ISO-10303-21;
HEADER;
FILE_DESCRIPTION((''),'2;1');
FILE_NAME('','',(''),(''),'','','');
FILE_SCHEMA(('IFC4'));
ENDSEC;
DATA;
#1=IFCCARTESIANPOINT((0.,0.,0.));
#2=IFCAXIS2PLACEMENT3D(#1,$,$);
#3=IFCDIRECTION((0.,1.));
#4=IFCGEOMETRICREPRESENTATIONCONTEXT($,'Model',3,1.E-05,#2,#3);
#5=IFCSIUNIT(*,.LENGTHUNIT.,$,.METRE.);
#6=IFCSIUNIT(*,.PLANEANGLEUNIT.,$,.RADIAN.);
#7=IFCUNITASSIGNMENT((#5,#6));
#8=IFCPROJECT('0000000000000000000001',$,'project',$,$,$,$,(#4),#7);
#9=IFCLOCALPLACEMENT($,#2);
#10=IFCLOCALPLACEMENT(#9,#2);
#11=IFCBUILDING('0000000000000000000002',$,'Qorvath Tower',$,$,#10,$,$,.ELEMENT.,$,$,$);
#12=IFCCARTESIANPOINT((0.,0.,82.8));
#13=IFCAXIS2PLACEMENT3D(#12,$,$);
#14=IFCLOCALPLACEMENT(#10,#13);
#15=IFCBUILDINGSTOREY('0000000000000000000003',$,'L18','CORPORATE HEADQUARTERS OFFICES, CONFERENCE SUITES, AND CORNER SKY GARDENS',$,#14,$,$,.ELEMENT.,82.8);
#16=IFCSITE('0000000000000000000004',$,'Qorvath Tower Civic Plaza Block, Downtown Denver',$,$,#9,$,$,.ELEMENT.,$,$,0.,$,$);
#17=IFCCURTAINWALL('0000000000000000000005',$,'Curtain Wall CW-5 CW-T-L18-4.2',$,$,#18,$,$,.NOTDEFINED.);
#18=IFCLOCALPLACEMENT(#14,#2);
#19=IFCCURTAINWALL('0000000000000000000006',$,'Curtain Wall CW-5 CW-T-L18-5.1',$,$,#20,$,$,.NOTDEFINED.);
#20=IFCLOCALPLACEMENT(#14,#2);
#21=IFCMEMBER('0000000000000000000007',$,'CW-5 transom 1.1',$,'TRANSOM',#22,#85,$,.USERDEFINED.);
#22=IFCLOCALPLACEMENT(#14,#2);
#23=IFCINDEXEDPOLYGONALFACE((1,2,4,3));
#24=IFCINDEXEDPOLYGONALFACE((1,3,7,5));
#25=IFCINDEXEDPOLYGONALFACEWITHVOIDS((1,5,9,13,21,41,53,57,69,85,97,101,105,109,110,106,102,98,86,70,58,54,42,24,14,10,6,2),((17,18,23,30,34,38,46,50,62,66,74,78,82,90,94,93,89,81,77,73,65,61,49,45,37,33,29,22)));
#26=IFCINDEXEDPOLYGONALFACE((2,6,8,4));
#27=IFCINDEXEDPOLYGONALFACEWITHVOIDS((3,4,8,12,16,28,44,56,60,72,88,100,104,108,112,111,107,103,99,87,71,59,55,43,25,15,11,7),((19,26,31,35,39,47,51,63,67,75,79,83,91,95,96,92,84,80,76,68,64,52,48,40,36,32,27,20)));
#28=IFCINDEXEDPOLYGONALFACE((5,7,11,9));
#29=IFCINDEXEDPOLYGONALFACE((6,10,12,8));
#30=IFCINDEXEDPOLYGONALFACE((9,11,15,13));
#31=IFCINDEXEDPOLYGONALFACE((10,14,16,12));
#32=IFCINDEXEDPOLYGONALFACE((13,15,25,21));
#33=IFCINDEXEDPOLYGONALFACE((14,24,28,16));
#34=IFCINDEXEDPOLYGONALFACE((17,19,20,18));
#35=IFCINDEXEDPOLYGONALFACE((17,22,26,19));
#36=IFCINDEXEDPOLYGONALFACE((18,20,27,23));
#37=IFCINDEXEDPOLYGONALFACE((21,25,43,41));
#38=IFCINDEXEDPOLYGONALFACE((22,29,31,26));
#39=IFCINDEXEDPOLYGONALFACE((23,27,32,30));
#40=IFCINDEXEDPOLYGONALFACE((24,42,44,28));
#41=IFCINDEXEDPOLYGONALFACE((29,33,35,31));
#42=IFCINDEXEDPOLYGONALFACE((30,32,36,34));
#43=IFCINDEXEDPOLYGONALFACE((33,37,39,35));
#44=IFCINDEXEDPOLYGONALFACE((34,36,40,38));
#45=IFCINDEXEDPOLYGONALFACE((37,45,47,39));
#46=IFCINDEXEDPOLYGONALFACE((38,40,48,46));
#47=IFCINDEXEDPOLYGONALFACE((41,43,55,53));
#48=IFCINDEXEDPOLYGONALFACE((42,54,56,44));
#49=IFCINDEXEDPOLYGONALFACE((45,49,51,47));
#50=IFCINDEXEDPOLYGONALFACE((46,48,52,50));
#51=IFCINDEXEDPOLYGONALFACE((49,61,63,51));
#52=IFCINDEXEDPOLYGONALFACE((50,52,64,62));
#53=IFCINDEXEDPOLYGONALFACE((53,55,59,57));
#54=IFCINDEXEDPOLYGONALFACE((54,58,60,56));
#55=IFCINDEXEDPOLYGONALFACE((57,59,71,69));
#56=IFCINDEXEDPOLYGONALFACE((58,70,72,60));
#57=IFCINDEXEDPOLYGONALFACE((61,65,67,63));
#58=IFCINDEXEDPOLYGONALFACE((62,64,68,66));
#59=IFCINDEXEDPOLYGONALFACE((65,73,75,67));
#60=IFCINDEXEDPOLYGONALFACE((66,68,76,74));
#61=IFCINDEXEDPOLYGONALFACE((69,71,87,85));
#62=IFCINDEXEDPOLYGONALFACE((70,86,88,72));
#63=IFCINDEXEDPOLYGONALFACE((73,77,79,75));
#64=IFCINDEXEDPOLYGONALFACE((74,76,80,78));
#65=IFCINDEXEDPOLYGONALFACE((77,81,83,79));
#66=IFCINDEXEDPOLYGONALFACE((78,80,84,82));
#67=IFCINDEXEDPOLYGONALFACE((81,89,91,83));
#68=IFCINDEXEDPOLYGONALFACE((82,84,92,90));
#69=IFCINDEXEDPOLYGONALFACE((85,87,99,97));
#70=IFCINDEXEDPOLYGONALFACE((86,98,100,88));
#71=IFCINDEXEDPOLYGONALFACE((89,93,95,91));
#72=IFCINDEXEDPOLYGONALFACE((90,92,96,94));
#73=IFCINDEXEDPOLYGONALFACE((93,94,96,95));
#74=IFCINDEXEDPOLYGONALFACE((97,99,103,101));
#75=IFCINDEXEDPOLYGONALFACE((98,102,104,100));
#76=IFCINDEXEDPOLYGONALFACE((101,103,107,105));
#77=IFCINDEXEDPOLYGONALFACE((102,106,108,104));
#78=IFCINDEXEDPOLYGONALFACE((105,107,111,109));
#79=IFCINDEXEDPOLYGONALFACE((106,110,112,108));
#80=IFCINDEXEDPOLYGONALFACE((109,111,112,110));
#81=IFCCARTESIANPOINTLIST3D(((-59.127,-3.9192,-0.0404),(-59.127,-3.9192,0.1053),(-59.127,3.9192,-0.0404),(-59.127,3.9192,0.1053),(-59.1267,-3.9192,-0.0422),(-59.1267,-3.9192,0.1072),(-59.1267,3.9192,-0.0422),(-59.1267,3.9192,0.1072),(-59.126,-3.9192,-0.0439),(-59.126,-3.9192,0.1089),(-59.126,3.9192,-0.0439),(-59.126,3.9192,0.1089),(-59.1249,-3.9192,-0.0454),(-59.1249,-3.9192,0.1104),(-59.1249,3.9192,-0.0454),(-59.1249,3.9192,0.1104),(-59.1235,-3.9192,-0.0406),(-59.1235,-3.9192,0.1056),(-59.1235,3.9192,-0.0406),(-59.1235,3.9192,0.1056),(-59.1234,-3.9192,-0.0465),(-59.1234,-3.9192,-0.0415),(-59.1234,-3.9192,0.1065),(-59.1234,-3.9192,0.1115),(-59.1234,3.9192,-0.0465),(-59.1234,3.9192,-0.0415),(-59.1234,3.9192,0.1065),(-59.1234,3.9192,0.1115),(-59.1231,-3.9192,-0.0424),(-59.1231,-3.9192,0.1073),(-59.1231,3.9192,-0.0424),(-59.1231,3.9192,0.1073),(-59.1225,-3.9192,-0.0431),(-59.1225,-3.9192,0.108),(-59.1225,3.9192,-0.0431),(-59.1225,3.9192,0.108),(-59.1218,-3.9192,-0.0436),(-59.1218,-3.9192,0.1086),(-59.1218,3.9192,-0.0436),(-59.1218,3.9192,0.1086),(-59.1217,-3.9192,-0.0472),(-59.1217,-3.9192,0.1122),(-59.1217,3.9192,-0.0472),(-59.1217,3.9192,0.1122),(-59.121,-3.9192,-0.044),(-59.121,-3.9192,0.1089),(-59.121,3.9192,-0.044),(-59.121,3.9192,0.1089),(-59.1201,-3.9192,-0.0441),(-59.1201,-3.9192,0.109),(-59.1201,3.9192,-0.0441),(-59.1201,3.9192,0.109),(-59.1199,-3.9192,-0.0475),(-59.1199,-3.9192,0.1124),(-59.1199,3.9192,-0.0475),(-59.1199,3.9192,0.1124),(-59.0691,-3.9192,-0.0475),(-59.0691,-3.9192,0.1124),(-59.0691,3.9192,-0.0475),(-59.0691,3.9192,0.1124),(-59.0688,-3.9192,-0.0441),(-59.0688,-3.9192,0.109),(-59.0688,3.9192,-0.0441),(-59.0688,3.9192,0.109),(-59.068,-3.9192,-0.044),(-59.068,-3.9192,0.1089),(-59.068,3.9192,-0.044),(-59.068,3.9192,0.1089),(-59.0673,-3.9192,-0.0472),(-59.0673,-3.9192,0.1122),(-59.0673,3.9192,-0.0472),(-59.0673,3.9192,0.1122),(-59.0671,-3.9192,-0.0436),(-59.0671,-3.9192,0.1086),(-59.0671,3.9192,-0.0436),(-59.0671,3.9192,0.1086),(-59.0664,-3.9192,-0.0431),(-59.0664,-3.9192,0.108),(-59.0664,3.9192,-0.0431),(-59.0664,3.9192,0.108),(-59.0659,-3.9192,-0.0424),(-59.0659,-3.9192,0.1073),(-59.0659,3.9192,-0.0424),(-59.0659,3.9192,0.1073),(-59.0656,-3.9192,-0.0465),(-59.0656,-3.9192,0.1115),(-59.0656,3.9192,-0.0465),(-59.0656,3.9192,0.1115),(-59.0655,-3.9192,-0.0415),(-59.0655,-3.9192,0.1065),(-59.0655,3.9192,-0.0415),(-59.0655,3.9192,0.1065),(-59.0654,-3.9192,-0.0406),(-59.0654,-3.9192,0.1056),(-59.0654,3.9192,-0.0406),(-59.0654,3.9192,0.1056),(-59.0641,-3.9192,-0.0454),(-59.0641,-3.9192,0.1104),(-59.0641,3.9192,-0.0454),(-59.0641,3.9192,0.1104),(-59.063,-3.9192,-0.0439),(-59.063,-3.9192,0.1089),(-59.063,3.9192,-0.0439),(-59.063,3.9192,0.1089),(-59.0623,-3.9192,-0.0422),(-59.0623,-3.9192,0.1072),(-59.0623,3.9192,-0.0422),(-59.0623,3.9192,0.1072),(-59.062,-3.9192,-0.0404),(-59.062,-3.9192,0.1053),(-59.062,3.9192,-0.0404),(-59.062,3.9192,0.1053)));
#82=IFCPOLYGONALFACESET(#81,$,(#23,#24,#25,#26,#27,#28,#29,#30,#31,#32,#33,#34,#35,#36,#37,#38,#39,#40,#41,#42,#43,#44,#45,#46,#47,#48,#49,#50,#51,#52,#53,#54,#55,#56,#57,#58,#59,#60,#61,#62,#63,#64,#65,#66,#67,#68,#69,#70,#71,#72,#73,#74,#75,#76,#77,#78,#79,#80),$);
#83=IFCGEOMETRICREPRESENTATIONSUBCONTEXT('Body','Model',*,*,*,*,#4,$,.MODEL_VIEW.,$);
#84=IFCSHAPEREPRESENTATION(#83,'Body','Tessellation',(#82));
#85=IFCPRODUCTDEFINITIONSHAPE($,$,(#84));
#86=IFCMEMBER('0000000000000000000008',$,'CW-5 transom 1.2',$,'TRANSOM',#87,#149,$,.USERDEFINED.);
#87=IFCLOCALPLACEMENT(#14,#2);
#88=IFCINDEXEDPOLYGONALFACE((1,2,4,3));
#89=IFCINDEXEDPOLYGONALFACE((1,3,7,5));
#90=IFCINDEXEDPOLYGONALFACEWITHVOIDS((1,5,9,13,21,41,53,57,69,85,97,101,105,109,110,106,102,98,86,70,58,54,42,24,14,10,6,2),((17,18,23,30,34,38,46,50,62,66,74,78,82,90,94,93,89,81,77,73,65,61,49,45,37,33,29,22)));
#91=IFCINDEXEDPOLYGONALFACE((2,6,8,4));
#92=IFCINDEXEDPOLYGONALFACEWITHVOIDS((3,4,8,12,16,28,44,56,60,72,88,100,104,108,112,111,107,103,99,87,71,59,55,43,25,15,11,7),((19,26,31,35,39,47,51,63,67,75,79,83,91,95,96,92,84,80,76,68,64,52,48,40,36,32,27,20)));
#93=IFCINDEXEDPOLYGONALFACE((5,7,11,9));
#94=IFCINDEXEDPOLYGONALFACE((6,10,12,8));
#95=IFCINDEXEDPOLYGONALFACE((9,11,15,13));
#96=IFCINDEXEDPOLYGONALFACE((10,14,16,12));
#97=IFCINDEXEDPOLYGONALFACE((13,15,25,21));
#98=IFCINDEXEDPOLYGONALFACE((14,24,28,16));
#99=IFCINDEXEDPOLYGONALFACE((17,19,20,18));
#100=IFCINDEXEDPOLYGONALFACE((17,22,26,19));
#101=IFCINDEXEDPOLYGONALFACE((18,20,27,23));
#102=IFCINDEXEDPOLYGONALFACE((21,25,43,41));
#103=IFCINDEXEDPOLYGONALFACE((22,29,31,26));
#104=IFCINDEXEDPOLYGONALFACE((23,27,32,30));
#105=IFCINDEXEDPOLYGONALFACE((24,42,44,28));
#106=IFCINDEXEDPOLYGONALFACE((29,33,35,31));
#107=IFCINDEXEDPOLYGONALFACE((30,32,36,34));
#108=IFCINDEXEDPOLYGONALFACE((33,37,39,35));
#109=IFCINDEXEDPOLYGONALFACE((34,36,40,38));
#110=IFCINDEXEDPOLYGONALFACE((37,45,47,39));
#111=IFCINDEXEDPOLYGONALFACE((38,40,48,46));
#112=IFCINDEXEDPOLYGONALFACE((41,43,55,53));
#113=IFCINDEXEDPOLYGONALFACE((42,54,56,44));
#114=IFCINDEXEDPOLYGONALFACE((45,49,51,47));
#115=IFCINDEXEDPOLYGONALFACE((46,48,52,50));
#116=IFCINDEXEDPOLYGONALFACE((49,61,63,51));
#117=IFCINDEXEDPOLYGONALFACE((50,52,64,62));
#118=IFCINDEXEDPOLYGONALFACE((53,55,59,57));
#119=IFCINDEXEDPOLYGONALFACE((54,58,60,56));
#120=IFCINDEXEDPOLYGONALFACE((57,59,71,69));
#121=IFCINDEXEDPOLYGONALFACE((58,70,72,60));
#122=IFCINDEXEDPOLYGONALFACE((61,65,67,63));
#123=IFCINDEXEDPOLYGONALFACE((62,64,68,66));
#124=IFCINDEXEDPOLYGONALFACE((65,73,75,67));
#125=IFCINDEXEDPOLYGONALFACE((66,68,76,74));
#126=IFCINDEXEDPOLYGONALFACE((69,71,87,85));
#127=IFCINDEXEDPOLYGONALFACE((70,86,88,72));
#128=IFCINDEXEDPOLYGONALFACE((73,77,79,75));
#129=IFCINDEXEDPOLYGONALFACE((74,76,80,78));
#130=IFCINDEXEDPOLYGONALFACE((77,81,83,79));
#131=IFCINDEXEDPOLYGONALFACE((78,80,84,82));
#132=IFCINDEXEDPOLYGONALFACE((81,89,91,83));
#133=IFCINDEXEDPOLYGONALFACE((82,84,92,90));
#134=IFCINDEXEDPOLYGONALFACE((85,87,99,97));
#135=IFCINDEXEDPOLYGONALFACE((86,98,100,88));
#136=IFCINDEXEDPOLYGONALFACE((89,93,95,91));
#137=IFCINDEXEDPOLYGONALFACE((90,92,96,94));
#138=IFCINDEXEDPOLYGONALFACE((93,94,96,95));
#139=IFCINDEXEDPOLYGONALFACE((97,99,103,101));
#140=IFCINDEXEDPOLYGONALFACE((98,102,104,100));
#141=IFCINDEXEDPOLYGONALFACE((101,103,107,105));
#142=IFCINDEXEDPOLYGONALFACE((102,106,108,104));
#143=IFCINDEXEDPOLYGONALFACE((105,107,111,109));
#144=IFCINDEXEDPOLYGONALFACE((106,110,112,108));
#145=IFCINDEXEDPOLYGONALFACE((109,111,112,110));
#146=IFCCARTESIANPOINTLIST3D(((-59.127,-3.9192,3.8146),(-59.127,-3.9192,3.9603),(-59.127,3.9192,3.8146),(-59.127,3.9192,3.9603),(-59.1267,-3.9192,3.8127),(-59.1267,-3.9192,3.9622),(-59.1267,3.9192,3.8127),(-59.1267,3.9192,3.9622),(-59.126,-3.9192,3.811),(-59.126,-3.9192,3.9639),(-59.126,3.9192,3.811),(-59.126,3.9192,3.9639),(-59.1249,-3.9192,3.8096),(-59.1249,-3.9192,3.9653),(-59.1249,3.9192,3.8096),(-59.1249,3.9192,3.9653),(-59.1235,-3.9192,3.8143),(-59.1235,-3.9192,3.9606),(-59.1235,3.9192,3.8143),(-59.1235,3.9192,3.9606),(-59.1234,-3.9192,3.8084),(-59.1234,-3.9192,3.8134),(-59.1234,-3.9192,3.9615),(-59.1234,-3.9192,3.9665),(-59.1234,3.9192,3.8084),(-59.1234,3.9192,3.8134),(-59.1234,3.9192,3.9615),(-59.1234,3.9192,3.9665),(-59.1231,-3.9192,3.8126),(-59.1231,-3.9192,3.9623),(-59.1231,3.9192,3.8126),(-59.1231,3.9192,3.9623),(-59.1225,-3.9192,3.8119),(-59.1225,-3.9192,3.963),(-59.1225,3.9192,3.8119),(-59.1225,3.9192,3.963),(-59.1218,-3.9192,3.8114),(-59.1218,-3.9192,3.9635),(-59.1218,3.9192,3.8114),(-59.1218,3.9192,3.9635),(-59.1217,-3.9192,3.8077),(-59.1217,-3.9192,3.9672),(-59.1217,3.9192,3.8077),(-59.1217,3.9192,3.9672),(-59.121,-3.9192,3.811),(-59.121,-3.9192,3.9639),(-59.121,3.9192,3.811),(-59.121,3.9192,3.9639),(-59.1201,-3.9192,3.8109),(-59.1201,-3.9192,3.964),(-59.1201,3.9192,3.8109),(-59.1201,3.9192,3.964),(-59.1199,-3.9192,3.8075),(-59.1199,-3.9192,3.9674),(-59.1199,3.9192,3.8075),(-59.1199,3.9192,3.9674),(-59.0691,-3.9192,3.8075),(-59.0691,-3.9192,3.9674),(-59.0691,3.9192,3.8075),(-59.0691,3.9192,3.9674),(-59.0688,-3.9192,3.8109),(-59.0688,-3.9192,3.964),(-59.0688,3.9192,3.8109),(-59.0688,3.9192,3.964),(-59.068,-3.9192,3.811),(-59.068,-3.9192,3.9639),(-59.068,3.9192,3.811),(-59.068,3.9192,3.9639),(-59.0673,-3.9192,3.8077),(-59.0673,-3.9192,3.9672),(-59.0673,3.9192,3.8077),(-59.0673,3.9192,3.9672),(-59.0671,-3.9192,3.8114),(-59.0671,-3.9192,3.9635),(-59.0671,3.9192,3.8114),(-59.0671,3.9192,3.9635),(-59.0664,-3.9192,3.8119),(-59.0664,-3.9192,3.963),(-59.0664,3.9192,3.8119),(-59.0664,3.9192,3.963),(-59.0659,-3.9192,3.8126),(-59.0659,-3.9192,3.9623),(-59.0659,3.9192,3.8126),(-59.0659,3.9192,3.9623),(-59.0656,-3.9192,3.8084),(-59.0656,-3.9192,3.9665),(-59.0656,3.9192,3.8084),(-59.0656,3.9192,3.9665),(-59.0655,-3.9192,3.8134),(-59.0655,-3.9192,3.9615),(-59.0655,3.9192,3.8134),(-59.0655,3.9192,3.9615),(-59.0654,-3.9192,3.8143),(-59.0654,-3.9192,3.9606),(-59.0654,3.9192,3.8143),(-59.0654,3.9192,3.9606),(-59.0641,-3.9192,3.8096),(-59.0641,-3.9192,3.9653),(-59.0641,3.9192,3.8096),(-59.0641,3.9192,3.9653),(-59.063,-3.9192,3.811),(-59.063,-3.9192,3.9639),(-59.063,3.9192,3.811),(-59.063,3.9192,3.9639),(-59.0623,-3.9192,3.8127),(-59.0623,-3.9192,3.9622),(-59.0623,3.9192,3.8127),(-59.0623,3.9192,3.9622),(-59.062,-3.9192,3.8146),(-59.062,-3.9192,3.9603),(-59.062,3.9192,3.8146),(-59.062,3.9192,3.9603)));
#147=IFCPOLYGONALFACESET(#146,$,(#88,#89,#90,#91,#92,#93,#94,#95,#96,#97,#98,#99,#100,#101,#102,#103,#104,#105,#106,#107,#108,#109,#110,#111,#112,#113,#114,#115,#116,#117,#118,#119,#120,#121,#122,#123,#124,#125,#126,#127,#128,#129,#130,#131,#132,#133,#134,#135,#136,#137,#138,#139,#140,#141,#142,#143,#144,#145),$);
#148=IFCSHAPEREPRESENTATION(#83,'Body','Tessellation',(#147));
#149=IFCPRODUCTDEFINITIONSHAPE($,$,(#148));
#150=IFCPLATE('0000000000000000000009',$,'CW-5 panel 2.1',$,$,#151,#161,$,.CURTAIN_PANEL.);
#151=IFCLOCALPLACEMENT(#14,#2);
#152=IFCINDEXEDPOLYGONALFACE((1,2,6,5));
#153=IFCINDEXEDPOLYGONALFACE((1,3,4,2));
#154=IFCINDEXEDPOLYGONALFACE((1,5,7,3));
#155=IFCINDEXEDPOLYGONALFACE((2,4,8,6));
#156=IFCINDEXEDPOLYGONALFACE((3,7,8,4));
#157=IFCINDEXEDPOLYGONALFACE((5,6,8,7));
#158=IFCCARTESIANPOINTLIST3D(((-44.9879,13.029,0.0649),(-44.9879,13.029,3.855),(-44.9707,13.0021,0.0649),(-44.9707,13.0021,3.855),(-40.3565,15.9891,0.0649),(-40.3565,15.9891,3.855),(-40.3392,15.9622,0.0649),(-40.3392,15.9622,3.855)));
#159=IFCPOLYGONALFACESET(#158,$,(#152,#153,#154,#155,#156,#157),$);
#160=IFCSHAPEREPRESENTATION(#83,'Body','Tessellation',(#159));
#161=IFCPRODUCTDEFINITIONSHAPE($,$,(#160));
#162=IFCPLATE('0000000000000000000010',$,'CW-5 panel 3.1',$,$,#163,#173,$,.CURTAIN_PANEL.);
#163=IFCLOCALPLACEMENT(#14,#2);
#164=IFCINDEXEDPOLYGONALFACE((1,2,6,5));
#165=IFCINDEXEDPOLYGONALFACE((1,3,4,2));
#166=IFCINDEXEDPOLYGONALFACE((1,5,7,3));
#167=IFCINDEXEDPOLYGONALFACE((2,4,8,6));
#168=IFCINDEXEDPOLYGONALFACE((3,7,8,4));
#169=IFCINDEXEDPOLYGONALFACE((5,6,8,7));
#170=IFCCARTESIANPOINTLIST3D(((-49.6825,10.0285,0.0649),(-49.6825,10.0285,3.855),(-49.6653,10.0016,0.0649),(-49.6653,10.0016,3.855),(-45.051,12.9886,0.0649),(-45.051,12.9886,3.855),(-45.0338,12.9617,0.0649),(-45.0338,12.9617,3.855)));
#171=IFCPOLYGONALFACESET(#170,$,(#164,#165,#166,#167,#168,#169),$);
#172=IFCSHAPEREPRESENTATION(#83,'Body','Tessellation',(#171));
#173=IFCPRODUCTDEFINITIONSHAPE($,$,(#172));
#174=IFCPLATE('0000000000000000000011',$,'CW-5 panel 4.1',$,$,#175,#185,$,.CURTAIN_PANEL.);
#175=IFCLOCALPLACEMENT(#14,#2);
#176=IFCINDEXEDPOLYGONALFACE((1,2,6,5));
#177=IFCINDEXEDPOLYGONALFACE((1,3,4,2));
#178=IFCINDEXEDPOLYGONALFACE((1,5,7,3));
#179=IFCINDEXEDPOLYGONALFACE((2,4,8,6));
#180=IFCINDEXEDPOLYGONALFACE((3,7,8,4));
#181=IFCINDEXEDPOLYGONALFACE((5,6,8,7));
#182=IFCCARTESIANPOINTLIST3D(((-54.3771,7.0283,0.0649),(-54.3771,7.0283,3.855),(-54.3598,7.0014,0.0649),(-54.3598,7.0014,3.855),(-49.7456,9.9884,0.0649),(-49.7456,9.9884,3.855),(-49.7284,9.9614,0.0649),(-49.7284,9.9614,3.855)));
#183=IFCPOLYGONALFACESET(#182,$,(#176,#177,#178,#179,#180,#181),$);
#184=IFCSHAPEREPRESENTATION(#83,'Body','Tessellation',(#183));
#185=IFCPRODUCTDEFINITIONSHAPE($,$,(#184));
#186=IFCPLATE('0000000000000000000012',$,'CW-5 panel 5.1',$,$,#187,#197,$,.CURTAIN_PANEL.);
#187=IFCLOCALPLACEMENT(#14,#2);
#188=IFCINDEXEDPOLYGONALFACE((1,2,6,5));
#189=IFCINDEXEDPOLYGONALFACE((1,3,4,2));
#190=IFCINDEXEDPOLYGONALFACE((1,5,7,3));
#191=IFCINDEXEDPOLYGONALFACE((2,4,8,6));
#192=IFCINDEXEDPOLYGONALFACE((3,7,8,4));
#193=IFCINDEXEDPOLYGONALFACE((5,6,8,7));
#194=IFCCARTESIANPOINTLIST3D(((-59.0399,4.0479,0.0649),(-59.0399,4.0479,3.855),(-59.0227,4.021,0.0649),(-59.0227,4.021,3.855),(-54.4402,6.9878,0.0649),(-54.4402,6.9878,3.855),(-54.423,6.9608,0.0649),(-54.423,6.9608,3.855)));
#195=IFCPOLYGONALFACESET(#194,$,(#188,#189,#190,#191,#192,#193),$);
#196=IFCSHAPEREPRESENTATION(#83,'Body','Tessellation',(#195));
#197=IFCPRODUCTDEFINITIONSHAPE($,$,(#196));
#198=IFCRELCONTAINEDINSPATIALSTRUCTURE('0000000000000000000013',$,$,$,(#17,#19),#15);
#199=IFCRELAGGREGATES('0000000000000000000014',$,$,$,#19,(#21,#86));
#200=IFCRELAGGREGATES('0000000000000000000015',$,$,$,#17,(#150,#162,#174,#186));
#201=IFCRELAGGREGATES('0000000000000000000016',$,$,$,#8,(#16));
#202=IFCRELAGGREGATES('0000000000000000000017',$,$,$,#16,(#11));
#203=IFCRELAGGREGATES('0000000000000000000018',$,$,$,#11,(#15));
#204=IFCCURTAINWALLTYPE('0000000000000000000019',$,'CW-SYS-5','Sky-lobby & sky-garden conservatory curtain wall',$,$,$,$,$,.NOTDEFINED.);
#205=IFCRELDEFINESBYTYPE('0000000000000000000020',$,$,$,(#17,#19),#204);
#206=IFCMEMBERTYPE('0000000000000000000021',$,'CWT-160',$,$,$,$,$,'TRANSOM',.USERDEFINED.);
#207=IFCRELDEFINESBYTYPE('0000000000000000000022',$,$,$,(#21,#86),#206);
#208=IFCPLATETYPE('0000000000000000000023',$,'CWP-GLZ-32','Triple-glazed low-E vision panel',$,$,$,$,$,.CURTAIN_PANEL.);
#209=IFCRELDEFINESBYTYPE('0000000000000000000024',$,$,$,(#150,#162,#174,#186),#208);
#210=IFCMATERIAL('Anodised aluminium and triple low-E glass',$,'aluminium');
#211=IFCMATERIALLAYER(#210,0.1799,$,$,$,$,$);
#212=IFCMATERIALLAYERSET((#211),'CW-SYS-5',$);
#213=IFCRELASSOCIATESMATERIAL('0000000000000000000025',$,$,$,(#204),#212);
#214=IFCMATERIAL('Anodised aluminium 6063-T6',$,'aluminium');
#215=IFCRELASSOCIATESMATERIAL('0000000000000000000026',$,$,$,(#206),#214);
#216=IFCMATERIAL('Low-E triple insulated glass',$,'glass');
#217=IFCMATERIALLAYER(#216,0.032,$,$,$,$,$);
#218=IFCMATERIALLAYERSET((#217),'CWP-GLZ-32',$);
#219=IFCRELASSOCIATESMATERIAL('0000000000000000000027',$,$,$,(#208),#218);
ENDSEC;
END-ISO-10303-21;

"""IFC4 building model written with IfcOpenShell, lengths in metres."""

from ifc_helpers import new_model, si_unit, direction, frame, origin, origin_2d, place, context, subcontext, project, spatial, rectangle, hollow_rectangle, extrude, material, layer, layer_set, material_profile, profile_set, type_object, element, aggregate, save


model = new_model("IFC4")

# Units and contexts
model_context = context("Model", 3, precision=1e-05, world=origin(), true_north=direction((0.0, 1.0)))
body_context = subcontext(model_context, "Body", "Model", "MODEL_VIEW")
ifc_project = project(units=[si_unit("LENGTHUNIT", "METRE"), si_unit("PLANEANGLEUNIT", "RADIAN")], contexts=[model_context])

# Site, building, storey
site_placement = place(None, origin())
site = spatial("IfcSite", under=ifc_project, at=site_placement, Name="Qorvath Tower Civic Plaza Block, Downtown Denver", CompositionType="ELEMENT", RefElevation=0.0)
building_placement = place(site_placement, origin())
building = spatial("IfcBuilding", under=site, at=building_placement, Name="Qorvath Tower", CompositionType="ELEMENT")
storey_placement = place(building_placement, frame((0.0, 0.0, 82.8)))
storey = spatial("IfcBuildingStorey", under=building, at=storey_placement, Name="L18", Description="CORPORATE HEADQUARTERS OFFICES, CONFERENCE SUITES, AND CORNER SKY GARDENS", CompositionType="ELEMENT", Elevation=82.8)

# Curtain wall
ifc_material_1 = material(Name="Anodised aluminium and triple low-E glass", Category="aluminium")
ifc_layer_1 = layer(ifc_material_1, 0.1799)
ifc_layer_set_1 = layer_set([ifc_layer_1], Name="CW-SYS-5")
curtain_wall_type = type_object("IfcCurtainWallType", Name="CW-SYS-5", Description="Sky-lobby & sky-garden conservatory curtain wall", PredefinedType="NOTDEFINED", material=ifc_layer_set_1)
curtain_wall_1_placement = place(storey_placement, origin())
curtain_wall_1 = element("IfcCurtainWall", 1, at=curtain_wall_1_placement, inside=storey, type_object=curtain_wall_type, Name="Curtain Wall CW-5 CW-T-L18-4.2", PredefinedType="NOTDEFINED")

# Curtain wall
curtain_wall_2_placement = place(storey_placement, origin())
curtain_wall_2 = element("IfcCurtainWall", 2, at=curtain_wall_2_placement, inside=storey, type_object=curtain_wall_type, Name="Curtain Wall CW-5 CW-T-L18-5.1", PredefinedType="NOTDEFINED")

# Members
ifc_material_2 = material(Name="Anodised aluminium 6063-T6", Category="aluminium")
ifc_material_profile_1 = material_profile(ifc_material_2, hollow_rectangle(XDim=0.0649, YDim=0.1599, WallThickness=0.0034, InnerFilletRadius=0.0034, OuterFilletRadius=0.0071, at=origin_2d()), Name="CWT 160x65")
ifc_profile_set_1 = profile_set([ifc_material_profile_1], Name="Anodised aluminium 6063-T6")
member_type_1 = type_object("IfcMemberType", Name="CWT-160", ElementType="TRANSOM", PredefinedType="USERDEFINED", material=ifc_profile_set_1)
member_1_placement = place(storey_placement, frame((-59.0945, 3.9192, 0.0325), z_axis=(0.0, -1.0, 0.0), x_axis=(1.0, 0.0, 0.0)))
member_1 = element("IfcMember", 3, at=member_1_placement, type_object=member_type_1, Name="CW-5 transom 1.1", ObjectType="TRANSOM", PredefinedType="USERDEFINED", context=body_context, shape_type="SweptSolid", body=[
    extrude(hollow_rectangle(XDim=0.0649, YDim=0.1599, WallThickness=0.0034, InnerFilletRadius=0.0034, OuterFilletRadius=0.0071, at=origin_2d()), origin(), (0.0, 0.0, 1.0), 7.8384),
])
member_2_placement = place(storey_placement, frame((-59.0945, 3.9192, 3.8875), z_axis=(0.0, -1.0, 0.0), x_axis=(1.0, 0.0, 0.0)))
member_2 = element("IfcMember", 4, at=member_2_placement, type_object=member_type_1, Name="CW-5 transom 1.2", ObjectType="TRANSOM", PredefinedType="USERDEFINED", context=body_context, shape_type="SweptSolid", body=[
    extrude(hollow_rectangle(XDim=0.0649, YDim=0.1599, WallThickness=0.0034, InnerFilletRadius=0.0034, OuterFilletRadius=0.0071, at=origin_2d()), origin(), (0.0, 0.0, 1.0), 7.8384),
])
aggregate(curtain_wall_2, [member_1, member_2])

# Plates
ifc_material_3 = material(Name="Low-E triple insulated glass", Category="glass")
ifc_layer_2 = layer(ifc_material_3, 0.032)
ifc_layer_set_2 = layer_set([ifc_layer_2], Name="CWP-GLZ-32")
plate_type = type_object("IfcPlateType", Name="CWP-GLZ-32", Description="Triple-glazed low-E vision panel", PredefinedType="CURTAIN_PANEL", material=ifc_layer_set_2)
plate_1_placement = place(storey_placement, frame((-42.6636, 14.4956, 0.0649), z_axis=(0.0, 0.0, 1.0), x_axis=(-0.842605, -0.538533, 0.0)))
plate_1 = element("IfcPlate", 5, at=plate_1_placement, type_object=plate_type, Name="CW-5 panel 2.1", PredefinedType="CURTAIN_PANEL", context=body_context, shape_type="SweptSolid", body=[
    extrude(rectangle(XDim=5.4966, YDim=0.032, at=origin_2d()), origin(), (0.0, 0.0, 1.0), 3.79),
])
plate_2_placement = place(storey_placement, frame((-47.3582, 11.4951, 0.0649), z_axis=(0.0, 0.0, 1.0), x_axis=(-0.842605, -0.538533, 0.0)))
plate_2 = element("IfcPlate", 6, at=plate_2_placement, type_object=plate_type, Name="CW-5 panel 3.1", PredefinedType="CURTAIN_PANEL", context=body_context, shape_type="SweptSolid", body=[
    extrude(rectangle(XDim=5.4966, YDim=0.032, at=origin_2d()), origin(), (0.0, 0.0, 1.0), 3.79),
])
plate_3_placement = place(storey_placement, frame((-52.0527, 8.4949, 0.0649), z_axis=(0.0, 0.0, 1.0), x_axis=(-0.842605, -0.538533, 0.0)))
plate_3 = element("IfcPlate", 7, at=plate_3_placement, type_object=plate_type, Name="CW-5 panel 4.1", PredefinedType="CURTAIN_PANEL", context=body_context, shape_type="SweptSolid", body=[
    extrude(rectangle(XDim=5.4966, YDim=0.032, at=origin_2d()), origin(), (0.0, 0.0, 1.0), 3.79),
])
plate_4_placement = place(storey_placement, frame((-56.7314, 5.5044, 0.0649), z_axis=(0.0, 0.0, 1.0), x_axis=(-0.842605, -0.538533, 0.0)))
plate_4 = element("IfcPlate", 8, at=plate_4_placement, type_object=plate_type, Name="CW-5 panel 5.1", PredefinedType="CURTAIN_PANEL", context=body_context, shape_type="SweptSolid", body=[
    extrude(rectangle(XDim=5.459, YDim=0.032, at=origin_2d()), origin(), (0.0, 0.0, 1.0), 3.79),
])
aggregate(curtain_wall_1, [plate_1, plate_2, plate_3, plate_4])

save(model, "model.ifc")
